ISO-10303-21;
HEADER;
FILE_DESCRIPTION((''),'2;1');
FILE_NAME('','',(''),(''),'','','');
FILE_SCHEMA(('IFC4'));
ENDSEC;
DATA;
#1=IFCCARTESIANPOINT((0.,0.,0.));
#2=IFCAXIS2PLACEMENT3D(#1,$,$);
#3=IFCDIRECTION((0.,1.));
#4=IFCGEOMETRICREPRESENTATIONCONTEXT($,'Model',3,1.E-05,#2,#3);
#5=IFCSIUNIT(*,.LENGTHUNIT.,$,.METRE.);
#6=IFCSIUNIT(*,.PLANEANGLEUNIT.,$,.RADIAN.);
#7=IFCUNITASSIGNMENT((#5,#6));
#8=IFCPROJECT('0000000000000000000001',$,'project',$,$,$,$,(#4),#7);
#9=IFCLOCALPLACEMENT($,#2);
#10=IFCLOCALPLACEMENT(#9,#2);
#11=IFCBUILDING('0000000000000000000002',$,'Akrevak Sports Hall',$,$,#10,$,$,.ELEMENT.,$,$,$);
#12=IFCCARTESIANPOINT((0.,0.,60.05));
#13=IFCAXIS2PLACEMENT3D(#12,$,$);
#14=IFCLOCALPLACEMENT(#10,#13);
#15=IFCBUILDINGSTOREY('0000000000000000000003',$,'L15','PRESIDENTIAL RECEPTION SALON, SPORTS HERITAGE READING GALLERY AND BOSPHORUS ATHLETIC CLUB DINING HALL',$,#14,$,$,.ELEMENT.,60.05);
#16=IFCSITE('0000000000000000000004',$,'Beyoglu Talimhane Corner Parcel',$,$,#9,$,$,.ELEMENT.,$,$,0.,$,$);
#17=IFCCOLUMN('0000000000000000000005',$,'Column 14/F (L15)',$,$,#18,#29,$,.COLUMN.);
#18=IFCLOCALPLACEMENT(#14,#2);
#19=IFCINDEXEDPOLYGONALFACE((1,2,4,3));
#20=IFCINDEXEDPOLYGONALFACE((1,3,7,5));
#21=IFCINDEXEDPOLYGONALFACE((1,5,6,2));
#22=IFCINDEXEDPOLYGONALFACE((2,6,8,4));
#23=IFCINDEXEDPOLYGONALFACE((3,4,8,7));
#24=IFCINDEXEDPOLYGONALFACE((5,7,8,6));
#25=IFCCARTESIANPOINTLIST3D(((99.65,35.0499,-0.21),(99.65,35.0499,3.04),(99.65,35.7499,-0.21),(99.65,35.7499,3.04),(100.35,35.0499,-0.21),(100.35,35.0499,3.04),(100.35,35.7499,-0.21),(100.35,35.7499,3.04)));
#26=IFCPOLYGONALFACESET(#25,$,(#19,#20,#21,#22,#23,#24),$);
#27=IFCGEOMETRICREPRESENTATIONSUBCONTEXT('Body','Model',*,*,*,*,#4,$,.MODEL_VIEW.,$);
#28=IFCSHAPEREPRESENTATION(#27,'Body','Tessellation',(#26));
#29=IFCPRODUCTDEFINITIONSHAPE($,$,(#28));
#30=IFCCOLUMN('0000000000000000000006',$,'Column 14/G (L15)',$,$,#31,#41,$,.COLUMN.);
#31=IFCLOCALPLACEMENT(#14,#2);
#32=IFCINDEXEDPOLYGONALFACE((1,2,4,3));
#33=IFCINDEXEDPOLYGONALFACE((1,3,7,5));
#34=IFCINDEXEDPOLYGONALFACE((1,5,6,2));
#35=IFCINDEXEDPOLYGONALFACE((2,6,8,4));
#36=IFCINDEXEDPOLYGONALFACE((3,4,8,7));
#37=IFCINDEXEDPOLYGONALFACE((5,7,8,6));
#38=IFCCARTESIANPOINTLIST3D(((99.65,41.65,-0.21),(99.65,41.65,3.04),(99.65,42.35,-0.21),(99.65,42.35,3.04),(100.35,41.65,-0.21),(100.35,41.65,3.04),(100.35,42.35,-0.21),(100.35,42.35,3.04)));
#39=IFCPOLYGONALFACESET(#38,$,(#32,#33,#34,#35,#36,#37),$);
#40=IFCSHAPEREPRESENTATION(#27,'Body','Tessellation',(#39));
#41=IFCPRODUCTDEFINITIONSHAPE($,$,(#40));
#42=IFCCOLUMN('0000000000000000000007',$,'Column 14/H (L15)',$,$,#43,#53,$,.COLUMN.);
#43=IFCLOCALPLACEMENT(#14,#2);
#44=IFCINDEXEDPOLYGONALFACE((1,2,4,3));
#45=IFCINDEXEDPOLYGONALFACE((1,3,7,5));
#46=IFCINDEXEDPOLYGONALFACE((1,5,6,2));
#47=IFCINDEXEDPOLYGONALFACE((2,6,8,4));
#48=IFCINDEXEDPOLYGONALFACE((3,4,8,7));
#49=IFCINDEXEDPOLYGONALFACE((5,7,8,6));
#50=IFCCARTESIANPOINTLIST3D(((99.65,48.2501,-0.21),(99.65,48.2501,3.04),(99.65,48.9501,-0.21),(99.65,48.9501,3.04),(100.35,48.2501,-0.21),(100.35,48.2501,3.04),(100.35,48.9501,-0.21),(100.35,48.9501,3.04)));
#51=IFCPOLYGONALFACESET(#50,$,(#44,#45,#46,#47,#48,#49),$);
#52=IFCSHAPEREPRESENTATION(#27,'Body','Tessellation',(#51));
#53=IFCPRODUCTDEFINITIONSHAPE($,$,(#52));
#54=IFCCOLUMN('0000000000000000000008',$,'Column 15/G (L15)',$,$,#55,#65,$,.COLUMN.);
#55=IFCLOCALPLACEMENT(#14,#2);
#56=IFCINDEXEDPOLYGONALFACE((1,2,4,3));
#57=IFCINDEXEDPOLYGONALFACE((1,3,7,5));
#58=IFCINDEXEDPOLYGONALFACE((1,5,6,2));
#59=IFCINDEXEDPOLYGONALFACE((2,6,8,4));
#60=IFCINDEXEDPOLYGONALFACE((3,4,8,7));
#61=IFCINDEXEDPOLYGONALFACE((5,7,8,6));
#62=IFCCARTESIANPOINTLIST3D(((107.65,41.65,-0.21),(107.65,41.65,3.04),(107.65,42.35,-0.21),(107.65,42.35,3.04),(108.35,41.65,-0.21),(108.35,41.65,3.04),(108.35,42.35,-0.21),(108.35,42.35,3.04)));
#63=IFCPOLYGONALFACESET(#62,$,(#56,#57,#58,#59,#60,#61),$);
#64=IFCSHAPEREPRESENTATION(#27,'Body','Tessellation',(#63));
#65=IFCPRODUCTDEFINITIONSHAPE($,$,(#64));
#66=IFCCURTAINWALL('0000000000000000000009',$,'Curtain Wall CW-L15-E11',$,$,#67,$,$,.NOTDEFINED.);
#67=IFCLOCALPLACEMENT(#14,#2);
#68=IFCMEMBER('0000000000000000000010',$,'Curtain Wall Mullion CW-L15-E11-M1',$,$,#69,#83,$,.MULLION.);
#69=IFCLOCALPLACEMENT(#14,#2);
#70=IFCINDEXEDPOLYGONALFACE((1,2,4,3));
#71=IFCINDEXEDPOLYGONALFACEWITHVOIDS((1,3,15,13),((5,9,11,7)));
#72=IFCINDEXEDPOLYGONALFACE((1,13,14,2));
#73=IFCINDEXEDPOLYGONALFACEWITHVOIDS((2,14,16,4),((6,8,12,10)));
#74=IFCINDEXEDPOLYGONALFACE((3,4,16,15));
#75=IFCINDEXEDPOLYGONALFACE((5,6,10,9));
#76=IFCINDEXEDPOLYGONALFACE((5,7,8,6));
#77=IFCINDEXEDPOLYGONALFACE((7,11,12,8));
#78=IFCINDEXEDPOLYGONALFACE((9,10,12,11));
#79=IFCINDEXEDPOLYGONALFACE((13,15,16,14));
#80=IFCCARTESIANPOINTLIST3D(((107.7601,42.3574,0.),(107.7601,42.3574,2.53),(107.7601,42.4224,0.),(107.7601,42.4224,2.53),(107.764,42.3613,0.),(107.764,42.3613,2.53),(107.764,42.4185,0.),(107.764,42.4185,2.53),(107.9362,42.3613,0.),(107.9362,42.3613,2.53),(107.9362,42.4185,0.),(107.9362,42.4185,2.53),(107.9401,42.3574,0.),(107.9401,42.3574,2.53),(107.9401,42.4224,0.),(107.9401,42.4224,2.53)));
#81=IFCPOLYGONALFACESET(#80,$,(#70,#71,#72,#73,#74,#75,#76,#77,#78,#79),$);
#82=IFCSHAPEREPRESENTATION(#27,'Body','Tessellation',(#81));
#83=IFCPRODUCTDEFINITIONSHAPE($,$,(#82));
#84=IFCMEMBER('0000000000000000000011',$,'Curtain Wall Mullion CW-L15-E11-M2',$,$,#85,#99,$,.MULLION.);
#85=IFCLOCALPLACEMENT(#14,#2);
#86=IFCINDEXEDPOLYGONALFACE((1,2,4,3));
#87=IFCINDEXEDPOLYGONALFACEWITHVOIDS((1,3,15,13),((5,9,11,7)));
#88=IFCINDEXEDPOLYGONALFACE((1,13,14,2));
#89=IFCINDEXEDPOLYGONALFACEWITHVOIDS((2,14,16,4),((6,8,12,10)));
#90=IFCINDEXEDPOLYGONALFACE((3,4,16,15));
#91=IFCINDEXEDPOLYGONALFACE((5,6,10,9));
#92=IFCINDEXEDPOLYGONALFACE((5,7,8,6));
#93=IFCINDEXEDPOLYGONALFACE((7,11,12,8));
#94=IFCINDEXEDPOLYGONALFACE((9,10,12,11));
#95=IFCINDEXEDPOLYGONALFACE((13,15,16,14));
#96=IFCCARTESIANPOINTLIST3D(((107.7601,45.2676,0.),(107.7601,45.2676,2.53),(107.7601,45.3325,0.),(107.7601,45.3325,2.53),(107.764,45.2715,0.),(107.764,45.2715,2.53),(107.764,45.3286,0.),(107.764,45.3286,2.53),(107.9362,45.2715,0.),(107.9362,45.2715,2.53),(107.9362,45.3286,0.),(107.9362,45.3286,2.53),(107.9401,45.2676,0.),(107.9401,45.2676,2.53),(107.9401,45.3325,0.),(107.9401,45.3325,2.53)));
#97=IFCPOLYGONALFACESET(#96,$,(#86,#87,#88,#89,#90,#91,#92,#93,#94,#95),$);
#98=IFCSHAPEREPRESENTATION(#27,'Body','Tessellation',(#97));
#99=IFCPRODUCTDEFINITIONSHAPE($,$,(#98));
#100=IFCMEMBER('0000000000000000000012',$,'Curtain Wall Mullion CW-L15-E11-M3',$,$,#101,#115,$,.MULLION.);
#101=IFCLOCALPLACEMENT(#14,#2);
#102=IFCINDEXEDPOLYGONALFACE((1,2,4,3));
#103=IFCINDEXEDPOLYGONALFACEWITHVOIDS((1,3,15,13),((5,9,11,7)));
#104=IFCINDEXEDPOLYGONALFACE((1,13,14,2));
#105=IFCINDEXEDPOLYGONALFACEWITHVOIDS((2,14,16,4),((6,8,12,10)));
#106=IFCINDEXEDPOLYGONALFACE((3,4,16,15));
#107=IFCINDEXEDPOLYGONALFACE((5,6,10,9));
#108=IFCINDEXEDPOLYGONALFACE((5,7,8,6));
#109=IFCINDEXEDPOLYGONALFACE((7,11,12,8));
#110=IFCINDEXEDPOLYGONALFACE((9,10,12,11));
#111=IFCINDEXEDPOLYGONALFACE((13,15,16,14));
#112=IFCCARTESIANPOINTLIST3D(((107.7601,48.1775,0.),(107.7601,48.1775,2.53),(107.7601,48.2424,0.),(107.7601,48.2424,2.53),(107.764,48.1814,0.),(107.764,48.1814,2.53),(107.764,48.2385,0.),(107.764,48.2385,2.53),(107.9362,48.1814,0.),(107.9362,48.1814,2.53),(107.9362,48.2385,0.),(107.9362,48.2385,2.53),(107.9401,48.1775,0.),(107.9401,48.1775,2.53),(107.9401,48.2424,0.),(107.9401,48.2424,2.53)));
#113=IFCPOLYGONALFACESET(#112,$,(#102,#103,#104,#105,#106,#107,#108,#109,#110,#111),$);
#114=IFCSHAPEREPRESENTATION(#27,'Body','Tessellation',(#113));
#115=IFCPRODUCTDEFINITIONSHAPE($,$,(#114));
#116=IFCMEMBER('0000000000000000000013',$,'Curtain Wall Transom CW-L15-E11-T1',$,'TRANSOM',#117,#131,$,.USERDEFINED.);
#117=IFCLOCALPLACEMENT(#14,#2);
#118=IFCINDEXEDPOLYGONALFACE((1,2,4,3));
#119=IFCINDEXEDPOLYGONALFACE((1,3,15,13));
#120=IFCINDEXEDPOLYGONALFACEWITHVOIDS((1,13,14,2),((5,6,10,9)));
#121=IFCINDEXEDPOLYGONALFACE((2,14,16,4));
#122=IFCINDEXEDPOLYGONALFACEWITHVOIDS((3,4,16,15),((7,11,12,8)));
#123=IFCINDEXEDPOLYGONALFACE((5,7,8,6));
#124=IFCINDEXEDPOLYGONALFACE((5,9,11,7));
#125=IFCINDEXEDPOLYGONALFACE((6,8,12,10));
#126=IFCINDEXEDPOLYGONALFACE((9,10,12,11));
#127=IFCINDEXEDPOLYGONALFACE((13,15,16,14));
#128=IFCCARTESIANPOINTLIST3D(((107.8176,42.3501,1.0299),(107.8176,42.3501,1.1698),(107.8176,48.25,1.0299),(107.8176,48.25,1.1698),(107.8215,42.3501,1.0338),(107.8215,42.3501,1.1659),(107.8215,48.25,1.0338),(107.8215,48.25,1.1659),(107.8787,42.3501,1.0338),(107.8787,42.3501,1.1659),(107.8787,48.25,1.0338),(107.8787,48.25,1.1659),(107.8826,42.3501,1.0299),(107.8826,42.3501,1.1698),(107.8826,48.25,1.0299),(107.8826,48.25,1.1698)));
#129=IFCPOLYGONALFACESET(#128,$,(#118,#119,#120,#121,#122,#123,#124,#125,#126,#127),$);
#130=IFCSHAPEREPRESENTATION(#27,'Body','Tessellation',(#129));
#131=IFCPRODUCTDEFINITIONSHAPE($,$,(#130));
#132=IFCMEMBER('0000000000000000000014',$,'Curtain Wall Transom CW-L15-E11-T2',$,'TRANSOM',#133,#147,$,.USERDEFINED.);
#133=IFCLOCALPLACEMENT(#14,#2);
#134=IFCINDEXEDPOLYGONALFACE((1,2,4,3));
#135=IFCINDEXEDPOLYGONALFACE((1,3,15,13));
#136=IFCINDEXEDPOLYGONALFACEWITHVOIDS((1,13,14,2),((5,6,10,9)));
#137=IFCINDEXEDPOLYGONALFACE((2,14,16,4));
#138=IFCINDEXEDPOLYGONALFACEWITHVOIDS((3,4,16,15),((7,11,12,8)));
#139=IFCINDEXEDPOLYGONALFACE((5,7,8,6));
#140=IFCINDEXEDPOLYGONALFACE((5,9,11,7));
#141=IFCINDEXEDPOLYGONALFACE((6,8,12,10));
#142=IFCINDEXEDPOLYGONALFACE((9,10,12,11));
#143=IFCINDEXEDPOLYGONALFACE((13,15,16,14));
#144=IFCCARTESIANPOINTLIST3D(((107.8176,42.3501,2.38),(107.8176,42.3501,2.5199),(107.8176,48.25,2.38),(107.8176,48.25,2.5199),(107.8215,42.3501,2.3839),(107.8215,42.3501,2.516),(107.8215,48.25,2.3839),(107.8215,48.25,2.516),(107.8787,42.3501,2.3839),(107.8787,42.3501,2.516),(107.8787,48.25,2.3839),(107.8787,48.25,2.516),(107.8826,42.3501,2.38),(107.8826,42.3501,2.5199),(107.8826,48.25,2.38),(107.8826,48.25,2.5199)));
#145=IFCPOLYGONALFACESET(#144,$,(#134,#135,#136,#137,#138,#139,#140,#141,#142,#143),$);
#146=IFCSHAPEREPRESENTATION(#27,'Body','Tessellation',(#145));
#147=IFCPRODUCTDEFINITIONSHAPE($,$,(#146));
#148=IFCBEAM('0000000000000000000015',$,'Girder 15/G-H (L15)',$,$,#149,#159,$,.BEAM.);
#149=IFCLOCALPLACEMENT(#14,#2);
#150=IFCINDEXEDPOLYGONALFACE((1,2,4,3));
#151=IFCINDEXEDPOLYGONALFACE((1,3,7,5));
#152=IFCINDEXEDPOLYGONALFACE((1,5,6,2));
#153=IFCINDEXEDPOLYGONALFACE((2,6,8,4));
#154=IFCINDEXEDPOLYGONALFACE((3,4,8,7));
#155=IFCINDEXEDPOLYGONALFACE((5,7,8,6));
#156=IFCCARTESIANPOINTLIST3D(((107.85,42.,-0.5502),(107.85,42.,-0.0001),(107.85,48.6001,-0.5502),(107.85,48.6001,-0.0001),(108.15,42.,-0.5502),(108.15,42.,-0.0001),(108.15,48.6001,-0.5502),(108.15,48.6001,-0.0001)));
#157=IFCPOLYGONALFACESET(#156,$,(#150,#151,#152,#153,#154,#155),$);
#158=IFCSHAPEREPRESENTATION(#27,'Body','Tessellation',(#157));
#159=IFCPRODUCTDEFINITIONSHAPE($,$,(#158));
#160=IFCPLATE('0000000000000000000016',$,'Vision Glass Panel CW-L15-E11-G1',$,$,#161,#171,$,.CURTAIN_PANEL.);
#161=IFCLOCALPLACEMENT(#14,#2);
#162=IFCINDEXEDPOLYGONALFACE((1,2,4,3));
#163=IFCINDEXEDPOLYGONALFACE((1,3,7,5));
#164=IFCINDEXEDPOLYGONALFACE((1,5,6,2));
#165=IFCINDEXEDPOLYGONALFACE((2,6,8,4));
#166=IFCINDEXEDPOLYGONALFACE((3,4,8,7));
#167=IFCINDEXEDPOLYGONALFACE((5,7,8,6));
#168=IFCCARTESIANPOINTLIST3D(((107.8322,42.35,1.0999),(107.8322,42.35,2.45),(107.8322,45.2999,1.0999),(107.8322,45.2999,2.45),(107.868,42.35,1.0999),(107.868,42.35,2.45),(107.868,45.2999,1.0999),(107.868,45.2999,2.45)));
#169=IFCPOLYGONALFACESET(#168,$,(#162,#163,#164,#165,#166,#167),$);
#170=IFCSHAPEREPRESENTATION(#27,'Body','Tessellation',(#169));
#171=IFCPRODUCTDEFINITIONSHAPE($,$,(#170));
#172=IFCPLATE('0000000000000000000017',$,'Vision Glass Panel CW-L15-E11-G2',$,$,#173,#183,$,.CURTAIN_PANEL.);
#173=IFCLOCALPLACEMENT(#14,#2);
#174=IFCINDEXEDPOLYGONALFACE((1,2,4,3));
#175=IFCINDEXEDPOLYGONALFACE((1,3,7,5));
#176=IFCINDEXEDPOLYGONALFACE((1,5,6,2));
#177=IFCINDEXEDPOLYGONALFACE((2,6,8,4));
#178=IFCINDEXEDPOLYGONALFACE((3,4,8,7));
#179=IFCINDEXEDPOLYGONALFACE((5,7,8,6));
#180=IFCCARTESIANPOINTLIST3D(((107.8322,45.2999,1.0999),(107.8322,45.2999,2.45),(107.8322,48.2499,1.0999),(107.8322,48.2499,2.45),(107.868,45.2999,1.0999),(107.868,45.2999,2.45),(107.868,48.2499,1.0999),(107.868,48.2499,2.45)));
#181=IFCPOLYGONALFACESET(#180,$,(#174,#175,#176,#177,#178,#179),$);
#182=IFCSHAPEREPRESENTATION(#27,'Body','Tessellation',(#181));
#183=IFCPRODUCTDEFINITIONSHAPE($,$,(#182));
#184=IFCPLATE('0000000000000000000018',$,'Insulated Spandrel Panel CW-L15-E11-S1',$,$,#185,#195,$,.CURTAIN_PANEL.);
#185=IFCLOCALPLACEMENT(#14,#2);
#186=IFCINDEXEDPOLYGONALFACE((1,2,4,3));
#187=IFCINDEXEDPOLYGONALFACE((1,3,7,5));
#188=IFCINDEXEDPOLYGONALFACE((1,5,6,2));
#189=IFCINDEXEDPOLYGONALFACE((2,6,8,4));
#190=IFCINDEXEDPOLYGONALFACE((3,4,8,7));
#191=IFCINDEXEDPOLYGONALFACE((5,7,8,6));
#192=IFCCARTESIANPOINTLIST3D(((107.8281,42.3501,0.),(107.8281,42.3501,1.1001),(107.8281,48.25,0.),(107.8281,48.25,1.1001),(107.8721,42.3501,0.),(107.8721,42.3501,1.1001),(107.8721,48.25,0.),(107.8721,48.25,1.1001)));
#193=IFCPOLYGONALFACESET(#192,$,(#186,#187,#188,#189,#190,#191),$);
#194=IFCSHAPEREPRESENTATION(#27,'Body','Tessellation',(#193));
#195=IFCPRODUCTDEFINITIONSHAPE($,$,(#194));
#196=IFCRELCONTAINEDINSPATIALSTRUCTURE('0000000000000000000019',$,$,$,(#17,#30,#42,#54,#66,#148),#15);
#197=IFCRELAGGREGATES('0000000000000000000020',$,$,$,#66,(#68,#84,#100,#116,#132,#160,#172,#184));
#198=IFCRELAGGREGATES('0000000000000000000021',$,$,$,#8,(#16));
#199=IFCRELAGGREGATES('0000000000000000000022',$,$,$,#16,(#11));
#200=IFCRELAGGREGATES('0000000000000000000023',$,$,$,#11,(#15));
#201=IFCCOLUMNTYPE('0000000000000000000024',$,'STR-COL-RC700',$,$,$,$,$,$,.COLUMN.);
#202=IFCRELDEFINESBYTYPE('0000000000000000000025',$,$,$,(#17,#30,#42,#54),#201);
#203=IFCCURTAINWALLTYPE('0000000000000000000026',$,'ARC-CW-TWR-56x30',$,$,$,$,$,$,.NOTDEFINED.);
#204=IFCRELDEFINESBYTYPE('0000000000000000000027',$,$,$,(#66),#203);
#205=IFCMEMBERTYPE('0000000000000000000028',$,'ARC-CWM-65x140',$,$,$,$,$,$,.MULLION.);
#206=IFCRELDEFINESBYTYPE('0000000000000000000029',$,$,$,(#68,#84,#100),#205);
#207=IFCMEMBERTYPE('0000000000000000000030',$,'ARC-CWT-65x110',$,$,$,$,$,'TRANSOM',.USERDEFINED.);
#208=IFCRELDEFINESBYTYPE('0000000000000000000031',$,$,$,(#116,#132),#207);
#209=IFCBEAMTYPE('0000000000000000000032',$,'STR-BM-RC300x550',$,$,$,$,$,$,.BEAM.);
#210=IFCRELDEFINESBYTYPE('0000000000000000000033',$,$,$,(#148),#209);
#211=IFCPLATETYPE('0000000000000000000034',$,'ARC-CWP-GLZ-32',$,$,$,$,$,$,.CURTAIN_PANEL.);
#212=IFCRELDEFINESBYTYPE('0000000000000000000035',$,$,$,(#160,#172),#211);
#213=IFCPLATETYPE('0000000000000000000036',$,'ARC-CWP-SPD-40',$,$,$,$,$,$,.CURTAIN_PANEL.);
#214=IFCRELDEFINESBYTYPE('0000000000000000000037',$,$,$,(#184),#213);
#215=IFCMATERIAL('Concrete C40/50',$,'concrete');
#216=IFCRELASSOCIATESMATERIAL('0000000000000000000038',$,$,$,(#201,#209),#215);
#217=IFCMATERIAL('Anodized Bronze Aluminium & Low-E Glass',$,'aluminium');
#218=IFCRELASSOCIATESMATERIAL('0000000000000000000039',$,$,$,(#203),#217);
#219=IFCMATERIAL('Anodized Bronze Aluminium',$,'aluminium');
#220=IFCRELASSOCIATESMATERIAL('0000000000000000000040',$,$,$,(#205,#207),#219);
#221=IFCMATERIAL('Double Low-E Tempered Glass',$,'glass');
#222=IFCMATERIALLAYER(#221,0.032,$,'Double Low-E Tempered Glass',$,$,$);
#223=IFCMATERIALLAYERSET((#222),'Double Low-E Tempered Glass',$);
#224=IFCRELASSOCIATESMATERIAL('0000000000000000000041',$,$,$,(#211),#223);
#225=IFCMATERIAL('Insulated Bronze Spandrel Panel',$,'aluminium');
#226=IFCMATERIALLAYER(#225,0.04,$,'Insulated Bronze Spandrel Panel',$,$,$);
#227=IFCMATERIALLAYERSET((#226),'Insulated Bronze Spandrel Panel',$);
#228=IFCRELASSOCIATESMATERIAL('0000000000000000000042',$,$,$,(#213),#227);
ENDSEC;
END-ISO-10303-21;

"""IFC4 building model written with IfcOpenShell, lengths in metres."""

from ifc_helpers import new_model, si_unit, direction, frame, origin, origin_2d, place, context, subcontext, project, spatial, rectangle, hollow_rectangle, extrude, material, layer, layer_set, material_profile, profile_set, type_object, element, aggregate, save


model = new_model("IFC4")

# Units and contexts
model_context = context("Model", 3, precision=1e-05, world=origin(), true_north=direction((0.0, 1.0)))
body_context = subcontext(model_context, "Body", "Model", "MODEL_VIEW")
ifc_project = project(units=[si_unit("LENGTHUNIT", "METRE"), si_unit("PLANEANGLEUNIT", "RADIAN")], contexts=[model_context])

# Site, building, storey
site_placement = place(None, origin())
site = spatial("IfcSite", under=ifc_project, at=site_placement, Name="Beyoglu Talimhane Corner Parcel", CompositionType="ELEMENT", RefElevation=0.0)
building_placement = place(site_placement, origin())
building = spatial("IfcBuilding", under=site, at=building_placement, Name="Akrevak Sports Hall", CompositionType="ELEMENT")
storey_placement = place(building_placement, frame((0.0, 0.0, 60.05)))
storey = spatial("IfcBuildingStorey", under=building, at=storey_placement, Name="L15", Description="PRESIDENTIAL RECEPTION SALON, SPORTS HERITAGE READING GALLERY AND BOSPHORUS ATHLETIC CLUB DINING HALL", CompositionType="ELEMENT", Elevation=60.05)

# Columns
ifc_material_1 = material(Name="Concrete C40/50", Category="concrete")
ifc_material_profile_1 = material_profile(ifc_material_1, rectangle(XDim=0.7, YDim=0.7, at=origin_2d()), Name="RC 700x700", Category="concrete")
ifc_profile_set_1 = profile_set([ifc_material_profile_1], Name="Concrete C40/50")
column_type = type_object("IfcColumnType", Name="STR-COL-RC700", PredefinedType="COLUMN", material=ifc_profile_set_1)
for number, where, z_axis, x_axis, name in (
    (1, (100.0, 35.3999, -0.21), (0.0, 0.0, 1.0), (1.0, 0.0, 0.0), "Column 14/F (L15)"),
    (2, (100.0, 42.0, -0.21), (0.0, 0.0, 1.0), (1.0, 0.0, 0.0), "Column 14/G (L15)"),
    (3, (100.0, 48.6001, -0.21), (0.0, 0.0, 1.0), (1.0, 0.0, 0.0), "Column 14/H (L15)"),
    (4, (108.0, 42.0, -0.21), (0.0, 0.0, 1.0), (1.0, 0.0, 0.0), "Column 15/G (L15)"),
):
    element("IfcColumn", number, at=place(storey_placement, frame(where, z_axis=z_axis, x_axis=x_axis)), inside=storey, type_object=column_type, Name=name, PredefinedType="COLUMN", context=body_context, shape_type="SweptSolid", body=[
        extrude(rectangle(XDim=0.7, YDim=0.7, at=origin_2d()), origin(), (0.0, 0.0, 1.0), 3.25),
    ])

# Curtain wall, members
ifc_material_2 = material(Name="Anodized Bronze Aluminium & Low-E Glass", Category="aluminium")
curtain_wall_type = type_object("IfcCurtainWallType", Name="ARC-CW-TWR-56x30", PredefinedType="NOTDEFINED", material=ifc_material_2)
curtain_wall_placement = place(storey_placement, origin())
curtain_wall = element("IfcCurtainWall", 5, at=curtain_wall_placement, inside=storey, type_object=curtain_wall_type, Name="Curtain Wall CW-L15-E11", PredefinedType="NOTDEFINED")
ifc_material_3 = material(Name="Anodized Bronze Aluminium", Category="aluminium")
ifc_material_profile_2 = material_profile(ifc_material_3, hollow_rectangle(XDim=0.0649, YDim=0.1799, WallThickness=0.0039, at=origin_2d()), Name="CWM 65x180", Category="aluminium")
ifc_profile_set_2 = profile_set([ifc_material_profile_2], Name="Anodized Bronze Aluminium")
member_type_1 = type_object("IfcMemberType", Name="ARC-CWM-65x140", PredefinedType="MULLION", material=ifc_profile_set_2)
member_1_placement = place(storey_placement, frame((107.8501, 42.3899, 0.0), z_axis=(0.0, 0.0, 1.0), x_axis=(0.0, 1.0, 0.0)))
member_1 = element("IfcMember", 6, at=member_1_placement, type_object=member_type_1, Name="Curtain Wall Mullion CW-L15-E11-M1", PredefinedType="MULLION", context=body_context, shape_type="SweptSolid", body=[
    extrude(hollow_rectangle(XDim=0.0649, YDim=0.1799, WallThickness=0.0039, at=origin_2d()), origin(), (0.0, 0.0, 1.0), 2.53),
])
member_2_placement = place(storey_placement, frame((107.8501, 45.3, 0.0), z_axis=(0.0, 0.0, 1.0), x_axis=(0.0, 1.0, 0.0)))
member_2 = element("IfcMember", 7, at=member_2_placement, type_object=member_type_1, Name="Curtain Wall Mullion CW-L15-E11-M2", PredefinedType="MULLION", context=body_context, shape_type="SweptSolid", body=[
    extrude(hollow_rectangle(XDim=0.0649, YDim=0.1799, WallThickness=0.0039, at=origin_2d()), origin(), (0.0, 0.0, 1.0), 2.53),
])
member_3_placement = place(storey_placement, frame((107.8501, 48.21, 0.0), z_axis=(0.0, 0.0, 1.0), x_axis=(0.0, 1.0, 0.0)))
member_3 = element("IfcMember", 8, at=member_3_placement, type_object=member_type_1, Name="Curtain Wall Mullion CW-L15-E11-M3", PredefinedType="MULLION", context=body_context, shape_type="SweptSolid", body=[
    extrude(hollow_rectangle(XDim=0.0649, YDim=0.1799, WallThickness=0.0039, at=origin_2d()), origin(), (0.0, 0.0, 1.0), 2.53),
])
ifc_material_profile_3 = material_profile(ifc_material_3, hollow_rectangle(XDim=0.0649, YDim=0.1399, WallThickness=0.0039, at=origin_2d()), Name="CWT 65x140", Category="aluminium")
ifc_profile_set_3 = profile_set([ifc_material_profile_3], Name="Anodized Bronze Aluminium")
member_type_2 = type_object("IfcMemberType", Name="ARC-CWT-65x110", ElementType="TRANSOM", PredefinedType="USERDEFINED", material=ifc_profile_set_3)
member_4_placement = place(storey_placement, frame((107.8501, 42.3501, 1.0999), z_axis=(0.0, 1.0, 0.0), x_axis=(-1.0, 0.0, 0.0)))
member_4 = element("IfcMember", 9, at=member_4_placement, type_object=member_type_2, Name="Curtain Wall Transom CW-L15-E11-T1", ObjectType="TRANSOM", PredefinedType="USERDEFINED", context=body_context, shape_type="SweptSolid", body=[
    extrude(hollow_rectangle(XDim=0.0649, YDim=0.1399, WallThickness=0.0039, at=origin_2d()), origin(), (0.0, 0.0, 1.0), 5.8999),
])
member_5_placement = place(storey_placement, frame((107.8501, 42.3501, 2.45), z_axis=(0.0, 1.0, 0.0), x_axis=(-1.0, 0.0, 0.0)))
member_5 = element("IfcMember", 10, at=member_5_placement, type_object=member_type_2, Name="Curtain Wall Transom CW-L15-E11-T2", ObjectType="TRANSOM", PredefinedType="USERDEFINED", context=body_context, shape_type="SweptSolid", body=[
    extrude(hollow_rectangle(XDim=0.0649, YDim=0.1399, WallThickness=0.0039, at=origin_2d()), origin(), (0.0, 0.0, 1.0), 5.8999),
])

# Beam
ifc_material_profile_4 = material_profile(ifc_material_1, rectangle(XDim=0.3, YDim=0.55, at=origin_2d()), Name="BM 300x550", Category="concrete")
ifc_profile_set_4 = profile_set([ifc_material_profile_4], Name="Concrete C40/50")
beam_type = type_object("IfcBeamType", Name="STR-BM-RC300x550", PredefinedType="BEAM", material=ifc_profile_set_4)
beam_placement = place(storey_placement, frame((108.0, 42.0, -0.2751), z_axis=(0.0, 1.0, 0.0), x_axis=(-1.0, 0.0, 0.0)))
element("IfcBeam", 11, at=beam_placement, inside=storey, type_object=beam_type, Name="Girder 15/G-H (L15)", PredefinedType="BEAM", context=body_context, shape_type="SweptSolid", body=[
    extrude(rectangle(XDim=0.3, YDim=0.55, at=origin_2d()), origin(), (0.0, 0.0, 1.0), 6.6001),
])

# Plates
ifc_material_4 = material(Name="Double Low-E Tempered Glass", Category="glass")
ifc_layer_1 = layer(ifc_material_4, 0.032, Name="Double Low-E Tempered Glass")
ifc_layer_set_1 = layer_set([ifc_layer_1], Name="Double Low-E Tempered Glass")
plate_type_1 = type_object("IfcPlateType", Name="ARC-CWP-GLZ-32", PredefinedType="CURTAIN_PANEL", material=ifc_layer_set_1)
plate_1_placement = place(storey_placement, frame((107.8501, 43.825, 1.0999), z_axis=(0.0, 0.0, 1.0), x_axis=(0.0, 1.0, 0.0)))
plate_1 = element("IfcPlate", 12, at=plate_1_placement, type_object=plate_type_1, Name="Vision Glass Panel CW-L15-E11-G1", PredefinedType="CURTAIN_PANEL", context=body_context, shape_type="SweptSolid", body=[
    extrude(rectangle(XDim=2.95, YDim=0.0359, at=origin_2d()), origin(), (0.0, 0.0, 1.0), 1.3501),
])
plate_2_placement = place(storey_placement, frame((107.8501, 46.7749, 1.0999), z_axis=(0.0, 0.0, 1.0), x_axis=(0.0, 1.0, 0.0)))
plate_2 = element("IfcPlate", 13, at=plate_2_placement, type_object=plate_type_1, Name="Vision Glass Panel CW-L15-E11-G2", PredefinedType="CURTAIN_PANEL", context=body_context, shape_type="SweptSolid", body=[
    extrude(rectangle(XDim=2.95, YDim=0.0359, at=origin_2d()), origin(), (0.0, 0.0, 1.0), 1.3501),
])
ifc_material_5 = material(Name="Insulated Bronze Spandrel Panel", Category="aluminium")
ifc_layer_2 = layer(ifc_material_5, 0.04, Name="Insulated Bronze Spandrel Panel")
ifc_layer_set_2 = layer_set([ifc_layer_2], Name="Insulated Bronze Spandrel Panel")
plate_type_2 = type_object("IfcPlateType", Name="ARC-CWP-SPD-40", PredefinedType="CURTAIN_PANEL", material=ifc_layer_set_2)
plate_3_placement = place(storey_placement, frame((107.8501, 45.3, 0.0), z_axis=(0.0, 0.0, 1.0), x_axis=(0.0, 1.0, 0.0)))
plate_3 = element("IfcPlate", 14, at=plate_3_placement, type_object=plate_type_2, Name="Insulated Spandrel Panel CW-L15-E11-S1", PredefinedType="CURTAIN_PANEL", context=body_context, shape_type="SweptSolid", body=[
    extrude(rectangle(XDim=5.8999, YDim=0.0439, at=origin_2d()), origin(), (0.0, 0.0, 1.0), 1.1001),
])
aggregate(curtain_wall, [member_1, member_2, member_3, member_4, member_5, plate_1, plate_2, plate_3])

save(model, "model.ifc")
